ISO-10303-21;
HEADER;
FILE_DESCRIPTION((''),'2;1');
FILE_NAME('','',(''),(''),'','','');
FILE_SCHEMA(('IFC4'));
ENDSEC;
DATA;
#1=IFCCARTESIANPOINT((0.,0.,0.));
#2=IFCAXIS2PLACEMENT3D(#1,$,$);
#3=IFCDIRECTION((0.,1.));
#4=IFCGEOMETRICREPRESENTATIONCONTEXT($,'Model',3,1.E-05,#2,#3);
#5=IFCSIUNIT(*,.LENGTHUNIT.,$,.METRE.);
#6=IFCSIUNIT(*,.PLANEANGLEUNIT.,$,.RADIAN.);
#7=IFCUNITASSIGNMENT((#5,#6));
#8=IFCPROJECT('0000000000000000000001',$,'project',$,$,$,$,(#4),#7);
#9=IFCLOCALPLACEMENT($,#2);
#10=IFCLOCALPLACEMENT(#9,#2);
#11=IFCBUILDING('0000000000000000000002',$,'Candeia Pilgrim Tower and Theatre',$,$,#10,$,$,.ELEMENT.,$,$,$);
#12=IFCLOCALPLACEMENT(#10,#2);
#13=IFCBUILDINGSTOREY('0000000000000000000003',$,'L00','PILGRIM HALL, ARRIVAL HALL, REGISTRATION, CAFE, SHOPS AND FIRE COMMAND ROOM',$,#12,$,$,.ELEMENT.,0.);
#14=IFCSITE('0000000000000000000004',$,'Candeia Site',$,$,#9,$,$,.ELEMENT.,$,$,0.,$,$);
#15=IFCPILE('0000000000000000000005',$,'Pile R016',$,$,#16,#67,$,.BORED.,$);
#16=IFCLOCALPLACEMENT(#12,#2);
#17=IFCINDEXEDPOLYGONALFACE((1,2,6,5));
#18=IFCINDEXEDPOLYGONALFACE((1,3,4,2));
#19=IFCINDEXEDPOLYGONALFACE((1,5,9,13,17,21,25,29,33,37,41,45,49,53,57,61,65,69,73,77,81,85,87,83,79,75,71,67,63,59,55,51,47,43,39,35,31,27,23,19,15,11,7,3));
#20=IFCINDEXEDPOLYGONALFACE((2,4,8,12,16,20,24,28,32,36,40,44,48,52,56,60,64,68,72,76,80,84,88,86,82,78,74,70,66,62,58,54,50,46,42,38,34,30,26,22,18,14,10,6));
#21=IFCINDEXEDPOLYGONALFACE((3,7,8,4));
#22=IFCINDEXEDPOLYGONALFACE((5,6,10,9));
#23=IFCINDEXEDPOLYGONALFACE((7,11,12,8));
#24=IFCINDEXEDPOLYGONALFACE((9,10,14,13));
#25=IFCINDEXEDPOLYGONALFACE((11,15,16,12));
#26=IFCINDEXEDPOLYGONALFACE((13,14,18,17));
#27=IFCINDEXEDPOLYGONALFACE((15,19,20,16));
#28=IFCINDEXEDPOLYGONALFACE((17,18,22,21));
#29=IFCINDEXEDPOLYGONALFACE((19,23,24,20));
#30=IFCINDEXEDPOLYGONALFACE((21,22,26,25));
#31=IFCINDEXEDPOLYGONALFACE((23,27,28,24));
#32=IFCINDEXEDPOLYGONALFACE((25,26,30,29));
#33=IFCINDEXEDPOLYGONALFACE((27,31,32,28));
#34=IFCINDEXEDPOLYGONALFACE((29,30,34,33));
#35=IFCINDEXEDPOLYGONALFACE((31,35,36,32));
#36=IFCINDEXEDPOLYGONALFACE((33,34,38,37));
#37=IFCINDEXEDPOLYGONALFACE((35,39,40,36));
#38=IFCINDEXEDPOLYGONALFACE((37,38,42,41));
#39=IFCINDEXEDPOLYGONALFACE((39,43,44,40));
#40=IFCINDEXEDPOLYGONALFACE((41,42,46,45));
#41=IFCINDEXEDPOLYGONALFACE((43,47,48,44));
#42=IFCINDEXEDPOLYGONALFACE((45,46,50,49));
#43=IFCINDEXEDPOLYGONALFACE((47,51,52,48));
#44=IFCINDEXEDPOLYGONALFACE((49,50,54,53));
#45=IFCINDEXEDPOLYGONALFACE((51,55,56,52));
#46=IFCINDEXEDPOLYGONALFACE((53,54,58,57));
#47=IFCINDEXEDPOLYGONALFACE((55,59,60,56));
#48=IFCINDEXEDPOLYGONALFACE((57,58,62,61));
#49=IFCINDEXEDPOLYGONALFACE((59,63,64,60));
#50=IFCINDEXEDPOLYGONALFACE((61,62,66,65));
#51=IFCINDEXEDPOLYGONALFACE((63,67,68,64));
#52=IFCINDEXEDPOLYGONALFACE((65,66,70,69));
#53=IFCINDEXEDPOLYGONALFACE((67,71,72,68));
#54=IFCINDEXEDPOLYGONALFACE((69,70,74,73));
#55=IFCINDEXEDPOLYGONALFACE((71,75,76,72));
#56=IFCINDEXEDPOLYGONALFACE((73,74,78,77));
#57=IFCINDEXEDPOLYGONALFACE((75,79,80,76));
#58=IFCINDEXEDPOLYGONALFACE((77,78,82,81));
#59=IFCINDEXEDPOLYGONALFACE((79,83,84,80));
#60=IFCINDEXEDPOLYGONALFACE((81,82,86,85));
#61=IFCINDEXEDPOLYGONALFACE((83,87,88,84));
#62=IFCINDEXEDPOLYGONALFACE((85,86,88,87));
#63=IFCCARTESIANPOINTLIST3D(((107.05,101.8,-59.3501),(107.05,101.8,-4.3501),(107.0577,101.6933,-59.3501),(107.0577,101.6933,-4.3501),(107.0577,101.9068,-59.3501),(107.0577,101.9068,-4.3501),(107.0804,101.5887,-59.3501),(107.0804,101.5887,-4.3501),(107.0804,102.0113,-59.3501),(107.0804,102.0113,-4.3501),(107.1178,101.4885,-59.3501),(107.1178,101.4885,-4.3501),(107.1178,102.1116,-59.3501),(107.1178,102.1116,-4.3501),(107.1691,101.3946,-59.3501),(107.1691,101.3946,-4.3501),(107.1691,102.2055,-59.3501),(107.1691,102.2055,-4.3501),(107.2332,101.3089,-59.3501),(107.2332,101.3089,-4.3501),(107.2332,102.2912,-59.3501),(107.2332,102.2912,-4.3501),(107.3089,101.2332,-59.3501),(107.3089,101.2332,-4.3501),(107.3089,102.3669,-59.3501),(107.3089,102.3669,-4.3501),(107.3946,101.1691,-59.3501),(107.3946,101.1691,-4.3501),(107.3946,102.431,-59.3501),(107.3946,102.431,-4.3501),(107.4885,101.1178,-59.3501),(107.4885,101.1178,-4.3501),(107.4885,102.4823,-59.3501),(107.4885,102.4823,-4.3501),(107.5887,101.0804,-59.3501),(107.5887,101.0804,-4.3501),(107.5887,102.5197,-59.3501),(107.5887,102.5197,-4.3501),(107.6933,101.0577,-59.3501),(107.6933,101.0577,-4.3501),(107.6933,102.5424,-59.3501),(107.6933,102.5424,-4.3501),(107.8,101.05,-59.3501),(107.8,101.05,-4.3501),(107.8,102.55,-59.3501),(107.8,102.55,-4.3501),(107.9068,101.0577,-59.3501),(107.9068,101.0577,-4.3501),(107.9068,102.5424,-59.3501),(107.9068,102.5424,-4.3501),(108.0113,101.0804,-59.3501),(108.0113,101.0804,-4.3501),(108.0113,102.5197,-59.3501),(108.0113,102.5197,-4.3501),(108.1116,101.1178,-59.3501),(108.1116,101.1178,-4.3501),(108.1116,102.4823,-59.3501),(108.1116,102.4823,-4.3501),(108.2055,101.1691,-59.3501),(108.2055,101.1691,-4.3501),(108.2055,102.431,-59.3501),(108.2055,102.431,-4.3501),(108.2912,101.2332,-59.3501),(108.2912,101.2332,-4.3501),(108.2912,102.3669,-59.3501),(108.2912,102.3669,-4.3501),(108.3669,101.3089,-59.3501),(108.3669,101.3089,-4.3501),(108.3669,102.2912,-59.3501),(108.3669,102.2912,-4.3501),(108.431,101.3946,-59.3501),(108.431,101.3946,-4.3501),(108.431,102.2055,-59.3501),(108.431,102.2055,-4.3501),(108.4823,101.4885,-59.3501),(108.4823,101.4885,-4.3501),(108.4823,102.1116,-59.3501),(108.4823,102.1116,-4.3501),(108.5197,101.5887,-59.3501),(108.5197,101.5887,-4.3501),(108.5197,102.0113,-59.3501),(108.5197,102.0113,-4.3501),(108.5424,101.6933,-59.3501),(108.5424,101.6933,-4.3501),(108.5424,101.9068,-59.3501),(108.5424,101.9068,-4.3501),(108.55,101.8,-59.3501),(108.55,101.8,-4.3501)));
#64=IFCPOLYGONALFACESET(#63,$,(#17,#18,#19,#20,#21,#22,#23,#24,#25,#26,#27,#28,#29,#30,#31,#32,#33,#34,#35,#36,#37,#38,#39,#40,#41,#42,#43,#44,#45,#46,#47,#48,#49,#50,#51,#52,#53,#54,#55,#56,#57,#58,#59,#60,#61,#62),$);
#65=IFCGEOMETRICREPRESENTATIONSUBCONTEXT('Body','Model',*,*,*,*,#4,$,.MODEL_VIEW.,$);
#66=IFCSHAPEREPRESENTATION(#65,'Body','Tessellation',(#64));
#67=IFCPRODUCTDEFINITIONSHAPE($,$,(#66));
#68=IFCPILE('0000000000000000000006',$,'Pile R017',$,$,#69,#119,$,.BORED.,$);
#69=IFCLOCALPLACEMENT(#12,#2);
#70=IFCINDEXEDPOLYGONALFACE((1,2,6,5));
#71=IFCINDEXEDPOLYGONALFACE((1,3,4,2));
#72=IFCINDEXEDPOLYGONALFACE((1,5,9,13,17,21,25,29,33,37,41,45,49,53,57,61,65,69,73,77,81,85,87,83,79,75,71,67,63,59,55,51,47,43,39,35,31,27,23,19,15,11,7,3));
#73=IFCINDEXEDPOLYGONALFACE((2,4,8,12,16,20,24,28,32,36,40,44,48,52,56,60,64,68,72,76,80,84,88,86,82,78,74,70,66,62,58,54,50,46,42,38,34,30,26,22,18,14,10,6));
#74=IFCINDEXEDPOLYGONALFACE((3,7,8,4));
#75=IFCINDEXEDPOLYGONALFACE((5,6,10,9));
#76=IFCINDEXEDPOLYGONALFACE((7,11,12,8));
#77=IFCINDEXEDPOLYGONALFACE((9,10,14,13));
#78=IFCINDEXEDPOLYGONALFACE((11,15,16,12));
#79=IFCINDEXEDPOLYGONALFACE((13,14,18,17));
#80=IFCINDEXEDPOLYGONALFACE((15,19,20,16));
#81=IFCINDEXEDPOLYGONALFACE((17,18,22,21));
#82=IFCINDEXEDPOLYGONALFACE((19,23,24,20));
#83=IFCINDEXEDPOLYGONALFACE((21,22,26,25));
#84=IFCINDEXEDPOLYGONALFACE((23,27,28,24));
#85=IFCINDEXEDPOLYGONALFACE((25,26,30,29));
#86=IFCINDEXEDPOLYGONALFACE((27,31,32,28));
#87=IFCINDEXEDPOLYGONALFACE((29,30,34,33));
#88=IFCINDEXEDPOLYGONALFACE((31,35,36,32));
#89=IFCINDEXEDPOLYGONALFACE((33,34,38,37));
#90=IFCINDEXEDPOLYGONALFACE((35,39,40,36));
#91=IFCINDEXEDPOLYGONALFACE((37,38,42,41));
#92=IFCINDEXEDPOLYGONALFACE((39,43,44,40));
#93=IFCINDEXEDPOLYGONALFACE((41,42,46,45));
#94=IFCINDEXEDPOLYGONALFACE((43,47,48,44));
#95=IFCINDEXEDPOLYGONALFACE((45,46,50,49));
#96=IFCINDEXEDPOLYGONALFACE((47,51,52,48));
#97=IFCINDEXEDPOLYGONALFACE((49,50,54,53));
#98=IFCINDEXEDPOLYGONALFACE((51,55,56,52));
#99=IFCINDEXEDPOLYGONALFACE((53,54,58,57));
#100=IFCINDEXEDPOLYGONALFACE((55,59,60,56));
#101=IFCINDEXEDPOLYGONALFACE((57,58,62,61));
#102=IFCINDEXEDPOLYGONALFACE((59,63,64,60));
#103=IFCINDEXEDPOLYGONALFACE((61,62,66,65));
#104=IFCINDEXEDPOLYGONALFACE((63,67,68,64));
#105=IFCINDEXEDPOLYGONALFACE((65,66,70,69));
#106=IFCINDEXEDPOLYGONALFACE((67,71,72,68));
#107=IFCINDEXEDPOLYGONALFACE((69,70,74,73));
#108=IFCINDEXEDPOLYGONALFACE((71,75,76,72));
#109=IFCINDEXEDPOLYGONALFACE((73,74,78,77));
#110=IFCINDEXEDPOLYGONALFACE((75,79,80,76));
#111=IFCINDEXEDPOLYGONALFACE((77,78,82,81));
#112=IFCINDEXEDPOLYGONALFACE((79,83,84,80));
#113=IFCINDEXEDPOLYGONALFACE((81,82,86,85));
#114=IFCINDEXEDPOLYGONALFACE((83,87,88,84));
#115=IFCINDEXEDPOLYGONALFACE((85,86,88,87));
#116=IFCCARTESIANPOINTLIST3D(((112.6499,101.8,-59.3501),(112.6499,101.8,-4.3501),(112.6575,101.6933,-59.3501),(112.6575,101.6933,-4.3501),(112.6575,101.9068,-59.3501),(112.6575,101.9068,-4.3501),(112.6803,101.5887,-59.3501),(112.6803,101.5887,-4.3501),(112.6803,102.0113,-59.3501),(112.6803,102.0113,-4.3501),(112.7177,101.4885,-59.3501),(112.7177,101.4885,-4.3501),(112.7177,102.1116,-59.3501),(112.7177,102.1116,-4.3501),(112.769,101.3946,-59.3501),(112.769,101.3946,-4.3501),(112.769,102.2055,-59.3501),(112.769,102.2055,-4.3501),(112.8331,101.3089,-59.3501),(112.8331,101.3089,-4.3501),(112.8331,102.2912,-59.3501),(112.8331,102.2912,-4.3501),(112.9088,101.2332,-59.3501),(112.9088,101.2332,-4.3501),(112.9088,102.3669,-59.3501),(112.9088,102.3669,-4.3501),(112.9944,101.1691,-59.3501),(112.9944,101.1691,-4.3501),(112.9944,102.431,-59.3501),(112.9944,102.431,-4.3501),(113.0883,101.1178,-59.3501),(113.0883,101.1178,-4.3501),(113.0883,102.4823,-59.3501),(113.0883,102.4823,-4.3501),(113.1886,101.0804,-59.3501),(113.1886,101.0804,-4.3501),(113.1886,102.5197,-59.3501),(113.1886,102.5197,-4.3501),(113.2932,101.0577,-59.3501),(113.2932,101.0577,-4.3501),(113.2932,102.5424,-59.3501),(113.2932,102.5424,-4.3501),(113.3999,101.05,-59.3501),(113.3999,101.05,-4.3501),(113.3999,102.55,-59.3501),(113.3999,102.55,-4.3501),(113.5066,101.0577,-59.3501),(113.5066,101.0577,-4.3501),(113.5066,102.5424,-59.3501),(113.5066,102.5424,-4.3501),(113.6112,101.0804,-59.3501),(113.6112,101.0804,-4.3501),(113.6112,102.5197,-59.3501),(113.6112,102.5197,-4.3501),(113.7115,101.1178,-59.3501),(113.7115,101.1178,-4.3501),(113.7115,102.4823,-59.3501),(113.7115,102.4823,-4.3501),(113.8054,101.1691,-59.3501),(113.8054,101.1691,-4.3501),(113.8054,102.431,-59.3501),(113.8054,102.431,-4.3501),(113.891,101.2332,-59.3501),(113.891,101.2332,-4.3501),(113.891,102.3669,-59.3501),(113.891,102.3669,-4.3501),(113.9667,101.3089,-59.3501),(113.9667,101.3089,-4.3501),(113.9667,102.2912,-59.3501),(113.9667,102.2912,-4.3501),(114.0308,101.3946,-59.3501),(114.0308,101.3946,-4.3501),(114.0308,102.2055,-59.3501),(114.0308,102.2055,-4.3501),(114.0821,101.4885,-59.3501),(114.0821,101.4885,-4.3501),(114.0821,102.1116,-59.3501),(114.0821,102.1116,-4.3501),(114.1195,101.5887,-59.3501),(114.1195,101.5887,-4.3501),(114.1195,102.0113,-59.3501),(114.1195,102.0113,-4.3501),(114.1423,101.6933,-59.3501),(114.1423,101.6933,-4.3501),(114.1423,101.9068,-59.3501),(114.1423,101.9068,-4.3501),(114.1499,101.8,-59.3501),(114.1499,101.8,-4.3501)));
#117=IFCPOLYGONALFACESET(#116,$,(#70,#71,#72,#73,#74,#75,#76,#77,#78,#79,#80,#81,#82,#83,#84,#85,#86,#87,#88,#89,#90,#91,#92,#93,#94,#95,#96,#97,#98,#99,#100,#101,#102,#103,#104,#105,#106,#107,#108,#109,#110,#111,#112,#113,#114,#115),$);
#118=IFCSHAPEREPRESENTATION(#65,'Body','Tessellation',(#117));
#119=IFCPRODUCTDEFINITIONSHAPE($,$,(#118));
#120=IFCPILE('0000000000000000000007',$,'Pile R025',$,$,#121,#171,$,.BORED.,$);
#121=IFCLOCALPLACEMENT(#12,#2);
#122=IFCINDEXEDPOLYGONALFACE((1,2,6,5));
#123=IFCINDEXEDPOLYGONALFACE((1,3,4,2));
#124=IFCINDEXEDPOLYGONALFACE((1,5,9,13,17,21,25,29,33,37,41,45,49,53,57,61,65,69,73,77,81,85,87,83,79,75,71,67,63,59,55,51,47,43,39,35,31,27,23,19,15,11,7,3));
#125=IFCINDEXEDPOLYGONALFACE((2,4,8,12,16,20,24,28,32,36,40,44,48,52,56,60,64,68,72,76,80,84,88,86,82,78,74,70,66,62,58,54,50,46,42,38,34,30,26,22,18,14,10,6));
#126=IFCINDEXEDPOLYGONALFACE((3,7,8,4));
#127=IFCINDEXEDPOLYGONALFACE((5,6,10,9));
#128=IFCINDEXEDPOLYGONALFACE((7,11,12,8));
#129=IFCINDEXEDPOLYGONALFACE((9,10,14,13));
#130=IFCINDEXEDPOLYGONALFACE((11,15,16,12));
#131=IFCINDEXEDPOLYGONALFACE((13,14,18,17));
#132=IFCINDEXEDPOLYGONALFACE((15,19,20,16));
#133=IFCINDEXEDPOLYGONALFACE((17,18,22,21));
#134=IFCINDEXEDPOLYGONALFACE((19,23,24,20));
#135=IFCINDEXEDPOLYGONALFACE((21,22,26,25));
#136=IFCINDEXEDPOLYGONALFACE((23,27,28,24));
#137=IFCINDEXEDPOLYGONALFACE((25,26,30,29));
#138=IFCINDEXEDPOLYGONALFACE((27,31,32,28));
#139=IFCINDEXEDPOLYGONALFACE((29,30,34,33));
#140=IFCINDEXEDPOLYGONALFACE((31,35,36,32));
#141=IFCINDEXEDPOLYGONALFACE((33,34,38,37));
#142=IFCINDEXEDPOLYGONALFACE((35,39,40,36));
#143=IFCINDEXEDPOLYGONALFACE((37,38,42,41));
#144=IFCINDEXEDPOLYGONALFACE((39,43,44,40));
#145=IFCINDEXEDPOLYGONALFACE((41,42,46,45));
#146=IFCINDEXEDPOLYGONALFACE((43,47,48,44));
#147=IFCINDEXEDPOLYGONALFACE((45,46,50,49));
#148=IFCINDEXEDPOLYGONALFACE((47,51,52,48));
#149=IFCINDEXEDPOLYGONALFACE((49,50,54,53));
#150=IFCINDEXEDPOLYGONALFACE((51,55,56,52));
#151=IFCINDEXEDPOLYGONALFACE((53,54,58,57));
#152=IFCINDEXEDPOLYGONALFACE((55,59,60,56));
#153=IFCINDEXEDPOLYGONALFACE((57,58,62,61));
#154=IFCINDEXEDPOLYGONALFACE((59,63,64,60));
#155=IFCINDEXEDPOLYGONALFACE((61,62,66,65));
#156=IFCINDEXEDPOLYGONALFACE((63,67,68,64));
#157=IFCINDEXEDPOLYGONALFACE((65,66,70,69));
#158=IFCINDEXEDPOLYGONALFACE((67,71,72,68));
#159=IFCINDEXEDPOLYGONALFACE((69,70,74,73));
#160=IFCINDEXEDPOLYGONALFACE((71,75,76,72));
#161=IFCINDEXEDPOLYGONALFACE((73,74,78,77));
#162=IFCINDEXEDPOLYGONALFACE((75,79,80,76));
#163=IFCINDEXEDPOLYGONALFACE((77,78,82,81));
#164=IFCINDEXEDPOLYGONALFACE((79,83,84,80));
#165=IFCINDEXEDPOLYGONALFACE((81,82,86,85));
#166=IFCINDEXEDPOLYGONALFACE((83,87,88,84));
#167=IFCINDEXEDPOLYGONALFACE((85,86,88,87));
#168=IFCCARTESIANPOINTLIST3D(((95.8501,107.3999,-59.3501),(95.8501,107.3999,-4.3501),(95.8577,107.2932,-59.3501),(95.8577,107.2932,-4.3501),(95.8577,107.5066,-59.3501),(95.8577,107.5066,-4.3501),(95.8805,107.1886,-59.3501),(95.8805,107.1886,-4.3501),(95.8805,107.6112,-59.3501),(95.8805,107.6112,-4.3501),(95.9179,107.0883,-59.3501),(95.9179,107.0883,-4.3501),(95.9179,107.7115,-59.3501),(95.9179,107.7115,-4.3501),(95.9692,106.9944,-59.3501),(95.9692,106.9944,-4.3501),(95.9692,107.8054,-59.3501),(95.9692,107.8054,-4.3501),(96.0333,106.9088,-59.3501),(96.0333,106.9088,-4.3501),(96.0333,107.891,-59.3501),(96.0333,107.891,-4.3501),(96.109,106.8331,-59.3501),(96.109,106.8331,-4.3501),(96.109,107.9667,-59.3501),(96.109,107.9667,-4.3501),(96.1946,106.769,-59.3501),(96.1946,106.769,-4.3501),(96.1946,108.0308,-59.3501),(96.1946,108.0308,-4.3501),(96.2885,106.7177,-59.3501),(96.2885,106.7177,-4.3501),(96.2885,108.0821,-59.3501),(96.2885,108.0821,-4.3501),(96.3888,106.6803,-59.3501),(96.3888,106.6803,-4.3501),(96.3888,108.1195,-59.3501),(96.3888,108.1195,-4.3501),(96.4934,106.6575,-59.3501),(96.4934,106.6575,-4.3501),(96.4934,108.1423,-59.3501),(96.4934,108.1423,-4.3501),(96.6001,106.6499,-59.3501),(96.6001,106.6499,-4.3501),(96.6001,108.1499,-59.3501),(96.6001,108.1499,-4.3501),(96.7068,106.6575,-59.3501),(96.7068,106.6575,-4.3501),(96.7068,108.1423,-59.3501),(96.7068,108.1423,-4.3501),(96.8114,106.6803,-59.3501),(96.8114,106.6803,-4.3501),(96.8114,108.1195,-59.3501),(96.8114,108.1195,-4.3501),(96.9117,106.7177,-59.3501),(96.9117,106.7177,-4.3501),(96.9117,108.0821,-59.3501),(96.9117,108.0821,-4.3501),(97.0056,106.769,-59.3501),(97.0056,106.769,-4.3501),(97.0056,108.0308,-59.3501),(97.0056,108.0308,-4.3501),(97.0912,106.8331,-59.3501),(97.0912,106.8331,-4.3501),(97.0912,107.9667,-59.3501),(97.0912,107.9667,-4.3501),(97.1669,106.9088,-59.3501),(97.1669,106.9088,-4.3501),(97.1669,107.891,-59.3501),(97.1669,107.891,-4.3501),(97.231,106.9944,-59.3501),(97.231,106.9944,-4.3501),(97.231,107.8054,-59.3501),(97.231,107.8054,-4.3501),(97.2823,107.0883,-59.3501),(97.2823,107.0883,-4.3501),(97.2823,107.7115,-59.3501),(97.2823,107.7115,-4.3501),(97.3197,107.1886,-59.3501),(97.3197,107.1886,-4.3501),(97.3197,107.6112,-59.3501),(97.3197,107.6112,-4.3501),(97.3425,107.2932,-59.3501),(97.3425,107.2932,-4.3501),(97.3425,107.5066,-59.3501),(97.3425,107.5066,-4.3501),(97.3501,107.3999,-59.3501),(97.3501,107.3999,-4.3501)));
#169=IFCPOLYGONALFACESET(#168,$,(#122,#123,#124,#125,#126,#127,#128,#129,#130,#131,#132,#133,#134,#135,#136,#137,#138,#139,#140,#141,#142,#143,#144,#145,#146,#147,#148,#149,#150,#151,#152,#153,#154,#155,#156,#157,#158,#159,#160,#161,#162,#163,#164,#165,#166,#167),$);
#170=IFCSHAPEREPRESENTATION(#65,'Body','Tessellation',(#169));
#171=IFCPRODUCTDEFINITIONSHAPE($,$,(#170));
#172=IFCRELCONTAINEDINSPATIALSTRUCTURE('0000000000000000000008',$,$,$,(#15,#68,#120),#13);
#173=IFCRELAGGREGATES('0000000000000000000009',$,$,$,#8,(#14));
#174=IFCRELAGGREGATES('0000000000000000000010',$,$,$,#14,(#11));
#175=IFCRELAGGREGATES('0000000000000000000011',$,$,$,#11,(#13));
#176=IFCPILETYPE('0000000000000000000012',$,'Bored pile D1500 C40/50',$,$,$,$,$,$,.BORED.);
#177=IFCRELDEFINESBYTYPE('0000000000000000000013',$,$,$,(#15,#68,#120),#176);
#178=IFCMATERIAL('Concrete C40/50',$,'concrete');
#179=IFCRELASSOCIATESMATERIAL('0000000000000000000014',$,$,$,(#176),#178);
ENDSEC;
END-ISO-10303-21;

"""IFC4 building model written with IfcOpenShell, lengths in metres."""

from ifc_helpers import new_model, si_unit, direction, frame, origin, origin_2d, place, context, subcontext, project, spatial, circle, extrude, material, material_profile, profile_set, type_object, element, save


model = new_model("IFC4")

# Units and contexts
model_context = context("Model", 3, precision=1e-05, world=origin(), true_north=direction((0.0, 1.0)))
body_context = subcontext(model_context, "Body", "Model", "MODEL_VIEW")
ifc_project = project(units=[si_unit("LENGTHUNIT", "METRE"), si_unit("PLANEANGLEUNIT", "RADIAN")], contexts=[model_context])

# Site, building, storey
site_placement = place(None, origin())
site = spatial("IfcSite", under=ifc_project, at=site_placement, Name="Candeia Site", CompositionType="ELEMENT", RefElevation=0.0)
building_placement = place(site_placement, origin())
building = spatial("IfcBuilding", under=site, at=building_placement, Name="Candeia Pilgrim Tower and Theatre", CompositionType="ELEMENT")
storey_placement = place(building_placement, origin())
storey = spatial("IfcBuildingStorey", under=building, at=storey_placement, Name="L00", Description="PILGRIM HALL, ARRIVAL HALL, REGISTRATION, CAFE, SHOPS AND FIRE COMMAND ROOM", CompositionType="ELEMENT", Elevation=0.0)

# Piles
ifc_material_1 = material(Name="Concrete C40/50", Category="concrete")
ifc_material_profile_1 = material_profile(ifc_material_1, circle(Radius=0.75, at=origin_2d()))
ifc_profile_set_1 = profile_set([ifc_material_profile_1], Name="Concrete C40/50")
pile_type = type_object("IfcPileType", Name="Bored pile D1500 C40/50", PredefinedType="BORED", material=ifc_profile_set_1)
for number, where, z_axis, x_axis, name in (
    (1, (107.8, 101.8, -4.3501), (0.0, 0.0, -1.0), (1.0, 0.0, 0.0), "Pile R016"),
    (2, (113.3999, 101.8, -4.3501), (0.0, 0.0, -1.0), (1.0, 0.0, 0.0), "Pile R017"),
    (3, (96.6001, 107.3999, -4.3501), (0.0, 0.0, -1.0), (1.0, 0.0, 0.0), "Pile R025"),
):
    element("IfcPile", number, at=place(storey_placement, frame(where, z_axis=z_axis, x_axis=x_axis)), inside=storey, type_object=pile_type, Name=name, PredefinedType="BORED", context=body_context, shape_type="SweptSolid", body=[
        extrude(circle(Radius=0.75, at=origin_2d()), origin(), (0.0, 0.0, 1.0), 55.0),
    ])

save(model, "model.ifc")
